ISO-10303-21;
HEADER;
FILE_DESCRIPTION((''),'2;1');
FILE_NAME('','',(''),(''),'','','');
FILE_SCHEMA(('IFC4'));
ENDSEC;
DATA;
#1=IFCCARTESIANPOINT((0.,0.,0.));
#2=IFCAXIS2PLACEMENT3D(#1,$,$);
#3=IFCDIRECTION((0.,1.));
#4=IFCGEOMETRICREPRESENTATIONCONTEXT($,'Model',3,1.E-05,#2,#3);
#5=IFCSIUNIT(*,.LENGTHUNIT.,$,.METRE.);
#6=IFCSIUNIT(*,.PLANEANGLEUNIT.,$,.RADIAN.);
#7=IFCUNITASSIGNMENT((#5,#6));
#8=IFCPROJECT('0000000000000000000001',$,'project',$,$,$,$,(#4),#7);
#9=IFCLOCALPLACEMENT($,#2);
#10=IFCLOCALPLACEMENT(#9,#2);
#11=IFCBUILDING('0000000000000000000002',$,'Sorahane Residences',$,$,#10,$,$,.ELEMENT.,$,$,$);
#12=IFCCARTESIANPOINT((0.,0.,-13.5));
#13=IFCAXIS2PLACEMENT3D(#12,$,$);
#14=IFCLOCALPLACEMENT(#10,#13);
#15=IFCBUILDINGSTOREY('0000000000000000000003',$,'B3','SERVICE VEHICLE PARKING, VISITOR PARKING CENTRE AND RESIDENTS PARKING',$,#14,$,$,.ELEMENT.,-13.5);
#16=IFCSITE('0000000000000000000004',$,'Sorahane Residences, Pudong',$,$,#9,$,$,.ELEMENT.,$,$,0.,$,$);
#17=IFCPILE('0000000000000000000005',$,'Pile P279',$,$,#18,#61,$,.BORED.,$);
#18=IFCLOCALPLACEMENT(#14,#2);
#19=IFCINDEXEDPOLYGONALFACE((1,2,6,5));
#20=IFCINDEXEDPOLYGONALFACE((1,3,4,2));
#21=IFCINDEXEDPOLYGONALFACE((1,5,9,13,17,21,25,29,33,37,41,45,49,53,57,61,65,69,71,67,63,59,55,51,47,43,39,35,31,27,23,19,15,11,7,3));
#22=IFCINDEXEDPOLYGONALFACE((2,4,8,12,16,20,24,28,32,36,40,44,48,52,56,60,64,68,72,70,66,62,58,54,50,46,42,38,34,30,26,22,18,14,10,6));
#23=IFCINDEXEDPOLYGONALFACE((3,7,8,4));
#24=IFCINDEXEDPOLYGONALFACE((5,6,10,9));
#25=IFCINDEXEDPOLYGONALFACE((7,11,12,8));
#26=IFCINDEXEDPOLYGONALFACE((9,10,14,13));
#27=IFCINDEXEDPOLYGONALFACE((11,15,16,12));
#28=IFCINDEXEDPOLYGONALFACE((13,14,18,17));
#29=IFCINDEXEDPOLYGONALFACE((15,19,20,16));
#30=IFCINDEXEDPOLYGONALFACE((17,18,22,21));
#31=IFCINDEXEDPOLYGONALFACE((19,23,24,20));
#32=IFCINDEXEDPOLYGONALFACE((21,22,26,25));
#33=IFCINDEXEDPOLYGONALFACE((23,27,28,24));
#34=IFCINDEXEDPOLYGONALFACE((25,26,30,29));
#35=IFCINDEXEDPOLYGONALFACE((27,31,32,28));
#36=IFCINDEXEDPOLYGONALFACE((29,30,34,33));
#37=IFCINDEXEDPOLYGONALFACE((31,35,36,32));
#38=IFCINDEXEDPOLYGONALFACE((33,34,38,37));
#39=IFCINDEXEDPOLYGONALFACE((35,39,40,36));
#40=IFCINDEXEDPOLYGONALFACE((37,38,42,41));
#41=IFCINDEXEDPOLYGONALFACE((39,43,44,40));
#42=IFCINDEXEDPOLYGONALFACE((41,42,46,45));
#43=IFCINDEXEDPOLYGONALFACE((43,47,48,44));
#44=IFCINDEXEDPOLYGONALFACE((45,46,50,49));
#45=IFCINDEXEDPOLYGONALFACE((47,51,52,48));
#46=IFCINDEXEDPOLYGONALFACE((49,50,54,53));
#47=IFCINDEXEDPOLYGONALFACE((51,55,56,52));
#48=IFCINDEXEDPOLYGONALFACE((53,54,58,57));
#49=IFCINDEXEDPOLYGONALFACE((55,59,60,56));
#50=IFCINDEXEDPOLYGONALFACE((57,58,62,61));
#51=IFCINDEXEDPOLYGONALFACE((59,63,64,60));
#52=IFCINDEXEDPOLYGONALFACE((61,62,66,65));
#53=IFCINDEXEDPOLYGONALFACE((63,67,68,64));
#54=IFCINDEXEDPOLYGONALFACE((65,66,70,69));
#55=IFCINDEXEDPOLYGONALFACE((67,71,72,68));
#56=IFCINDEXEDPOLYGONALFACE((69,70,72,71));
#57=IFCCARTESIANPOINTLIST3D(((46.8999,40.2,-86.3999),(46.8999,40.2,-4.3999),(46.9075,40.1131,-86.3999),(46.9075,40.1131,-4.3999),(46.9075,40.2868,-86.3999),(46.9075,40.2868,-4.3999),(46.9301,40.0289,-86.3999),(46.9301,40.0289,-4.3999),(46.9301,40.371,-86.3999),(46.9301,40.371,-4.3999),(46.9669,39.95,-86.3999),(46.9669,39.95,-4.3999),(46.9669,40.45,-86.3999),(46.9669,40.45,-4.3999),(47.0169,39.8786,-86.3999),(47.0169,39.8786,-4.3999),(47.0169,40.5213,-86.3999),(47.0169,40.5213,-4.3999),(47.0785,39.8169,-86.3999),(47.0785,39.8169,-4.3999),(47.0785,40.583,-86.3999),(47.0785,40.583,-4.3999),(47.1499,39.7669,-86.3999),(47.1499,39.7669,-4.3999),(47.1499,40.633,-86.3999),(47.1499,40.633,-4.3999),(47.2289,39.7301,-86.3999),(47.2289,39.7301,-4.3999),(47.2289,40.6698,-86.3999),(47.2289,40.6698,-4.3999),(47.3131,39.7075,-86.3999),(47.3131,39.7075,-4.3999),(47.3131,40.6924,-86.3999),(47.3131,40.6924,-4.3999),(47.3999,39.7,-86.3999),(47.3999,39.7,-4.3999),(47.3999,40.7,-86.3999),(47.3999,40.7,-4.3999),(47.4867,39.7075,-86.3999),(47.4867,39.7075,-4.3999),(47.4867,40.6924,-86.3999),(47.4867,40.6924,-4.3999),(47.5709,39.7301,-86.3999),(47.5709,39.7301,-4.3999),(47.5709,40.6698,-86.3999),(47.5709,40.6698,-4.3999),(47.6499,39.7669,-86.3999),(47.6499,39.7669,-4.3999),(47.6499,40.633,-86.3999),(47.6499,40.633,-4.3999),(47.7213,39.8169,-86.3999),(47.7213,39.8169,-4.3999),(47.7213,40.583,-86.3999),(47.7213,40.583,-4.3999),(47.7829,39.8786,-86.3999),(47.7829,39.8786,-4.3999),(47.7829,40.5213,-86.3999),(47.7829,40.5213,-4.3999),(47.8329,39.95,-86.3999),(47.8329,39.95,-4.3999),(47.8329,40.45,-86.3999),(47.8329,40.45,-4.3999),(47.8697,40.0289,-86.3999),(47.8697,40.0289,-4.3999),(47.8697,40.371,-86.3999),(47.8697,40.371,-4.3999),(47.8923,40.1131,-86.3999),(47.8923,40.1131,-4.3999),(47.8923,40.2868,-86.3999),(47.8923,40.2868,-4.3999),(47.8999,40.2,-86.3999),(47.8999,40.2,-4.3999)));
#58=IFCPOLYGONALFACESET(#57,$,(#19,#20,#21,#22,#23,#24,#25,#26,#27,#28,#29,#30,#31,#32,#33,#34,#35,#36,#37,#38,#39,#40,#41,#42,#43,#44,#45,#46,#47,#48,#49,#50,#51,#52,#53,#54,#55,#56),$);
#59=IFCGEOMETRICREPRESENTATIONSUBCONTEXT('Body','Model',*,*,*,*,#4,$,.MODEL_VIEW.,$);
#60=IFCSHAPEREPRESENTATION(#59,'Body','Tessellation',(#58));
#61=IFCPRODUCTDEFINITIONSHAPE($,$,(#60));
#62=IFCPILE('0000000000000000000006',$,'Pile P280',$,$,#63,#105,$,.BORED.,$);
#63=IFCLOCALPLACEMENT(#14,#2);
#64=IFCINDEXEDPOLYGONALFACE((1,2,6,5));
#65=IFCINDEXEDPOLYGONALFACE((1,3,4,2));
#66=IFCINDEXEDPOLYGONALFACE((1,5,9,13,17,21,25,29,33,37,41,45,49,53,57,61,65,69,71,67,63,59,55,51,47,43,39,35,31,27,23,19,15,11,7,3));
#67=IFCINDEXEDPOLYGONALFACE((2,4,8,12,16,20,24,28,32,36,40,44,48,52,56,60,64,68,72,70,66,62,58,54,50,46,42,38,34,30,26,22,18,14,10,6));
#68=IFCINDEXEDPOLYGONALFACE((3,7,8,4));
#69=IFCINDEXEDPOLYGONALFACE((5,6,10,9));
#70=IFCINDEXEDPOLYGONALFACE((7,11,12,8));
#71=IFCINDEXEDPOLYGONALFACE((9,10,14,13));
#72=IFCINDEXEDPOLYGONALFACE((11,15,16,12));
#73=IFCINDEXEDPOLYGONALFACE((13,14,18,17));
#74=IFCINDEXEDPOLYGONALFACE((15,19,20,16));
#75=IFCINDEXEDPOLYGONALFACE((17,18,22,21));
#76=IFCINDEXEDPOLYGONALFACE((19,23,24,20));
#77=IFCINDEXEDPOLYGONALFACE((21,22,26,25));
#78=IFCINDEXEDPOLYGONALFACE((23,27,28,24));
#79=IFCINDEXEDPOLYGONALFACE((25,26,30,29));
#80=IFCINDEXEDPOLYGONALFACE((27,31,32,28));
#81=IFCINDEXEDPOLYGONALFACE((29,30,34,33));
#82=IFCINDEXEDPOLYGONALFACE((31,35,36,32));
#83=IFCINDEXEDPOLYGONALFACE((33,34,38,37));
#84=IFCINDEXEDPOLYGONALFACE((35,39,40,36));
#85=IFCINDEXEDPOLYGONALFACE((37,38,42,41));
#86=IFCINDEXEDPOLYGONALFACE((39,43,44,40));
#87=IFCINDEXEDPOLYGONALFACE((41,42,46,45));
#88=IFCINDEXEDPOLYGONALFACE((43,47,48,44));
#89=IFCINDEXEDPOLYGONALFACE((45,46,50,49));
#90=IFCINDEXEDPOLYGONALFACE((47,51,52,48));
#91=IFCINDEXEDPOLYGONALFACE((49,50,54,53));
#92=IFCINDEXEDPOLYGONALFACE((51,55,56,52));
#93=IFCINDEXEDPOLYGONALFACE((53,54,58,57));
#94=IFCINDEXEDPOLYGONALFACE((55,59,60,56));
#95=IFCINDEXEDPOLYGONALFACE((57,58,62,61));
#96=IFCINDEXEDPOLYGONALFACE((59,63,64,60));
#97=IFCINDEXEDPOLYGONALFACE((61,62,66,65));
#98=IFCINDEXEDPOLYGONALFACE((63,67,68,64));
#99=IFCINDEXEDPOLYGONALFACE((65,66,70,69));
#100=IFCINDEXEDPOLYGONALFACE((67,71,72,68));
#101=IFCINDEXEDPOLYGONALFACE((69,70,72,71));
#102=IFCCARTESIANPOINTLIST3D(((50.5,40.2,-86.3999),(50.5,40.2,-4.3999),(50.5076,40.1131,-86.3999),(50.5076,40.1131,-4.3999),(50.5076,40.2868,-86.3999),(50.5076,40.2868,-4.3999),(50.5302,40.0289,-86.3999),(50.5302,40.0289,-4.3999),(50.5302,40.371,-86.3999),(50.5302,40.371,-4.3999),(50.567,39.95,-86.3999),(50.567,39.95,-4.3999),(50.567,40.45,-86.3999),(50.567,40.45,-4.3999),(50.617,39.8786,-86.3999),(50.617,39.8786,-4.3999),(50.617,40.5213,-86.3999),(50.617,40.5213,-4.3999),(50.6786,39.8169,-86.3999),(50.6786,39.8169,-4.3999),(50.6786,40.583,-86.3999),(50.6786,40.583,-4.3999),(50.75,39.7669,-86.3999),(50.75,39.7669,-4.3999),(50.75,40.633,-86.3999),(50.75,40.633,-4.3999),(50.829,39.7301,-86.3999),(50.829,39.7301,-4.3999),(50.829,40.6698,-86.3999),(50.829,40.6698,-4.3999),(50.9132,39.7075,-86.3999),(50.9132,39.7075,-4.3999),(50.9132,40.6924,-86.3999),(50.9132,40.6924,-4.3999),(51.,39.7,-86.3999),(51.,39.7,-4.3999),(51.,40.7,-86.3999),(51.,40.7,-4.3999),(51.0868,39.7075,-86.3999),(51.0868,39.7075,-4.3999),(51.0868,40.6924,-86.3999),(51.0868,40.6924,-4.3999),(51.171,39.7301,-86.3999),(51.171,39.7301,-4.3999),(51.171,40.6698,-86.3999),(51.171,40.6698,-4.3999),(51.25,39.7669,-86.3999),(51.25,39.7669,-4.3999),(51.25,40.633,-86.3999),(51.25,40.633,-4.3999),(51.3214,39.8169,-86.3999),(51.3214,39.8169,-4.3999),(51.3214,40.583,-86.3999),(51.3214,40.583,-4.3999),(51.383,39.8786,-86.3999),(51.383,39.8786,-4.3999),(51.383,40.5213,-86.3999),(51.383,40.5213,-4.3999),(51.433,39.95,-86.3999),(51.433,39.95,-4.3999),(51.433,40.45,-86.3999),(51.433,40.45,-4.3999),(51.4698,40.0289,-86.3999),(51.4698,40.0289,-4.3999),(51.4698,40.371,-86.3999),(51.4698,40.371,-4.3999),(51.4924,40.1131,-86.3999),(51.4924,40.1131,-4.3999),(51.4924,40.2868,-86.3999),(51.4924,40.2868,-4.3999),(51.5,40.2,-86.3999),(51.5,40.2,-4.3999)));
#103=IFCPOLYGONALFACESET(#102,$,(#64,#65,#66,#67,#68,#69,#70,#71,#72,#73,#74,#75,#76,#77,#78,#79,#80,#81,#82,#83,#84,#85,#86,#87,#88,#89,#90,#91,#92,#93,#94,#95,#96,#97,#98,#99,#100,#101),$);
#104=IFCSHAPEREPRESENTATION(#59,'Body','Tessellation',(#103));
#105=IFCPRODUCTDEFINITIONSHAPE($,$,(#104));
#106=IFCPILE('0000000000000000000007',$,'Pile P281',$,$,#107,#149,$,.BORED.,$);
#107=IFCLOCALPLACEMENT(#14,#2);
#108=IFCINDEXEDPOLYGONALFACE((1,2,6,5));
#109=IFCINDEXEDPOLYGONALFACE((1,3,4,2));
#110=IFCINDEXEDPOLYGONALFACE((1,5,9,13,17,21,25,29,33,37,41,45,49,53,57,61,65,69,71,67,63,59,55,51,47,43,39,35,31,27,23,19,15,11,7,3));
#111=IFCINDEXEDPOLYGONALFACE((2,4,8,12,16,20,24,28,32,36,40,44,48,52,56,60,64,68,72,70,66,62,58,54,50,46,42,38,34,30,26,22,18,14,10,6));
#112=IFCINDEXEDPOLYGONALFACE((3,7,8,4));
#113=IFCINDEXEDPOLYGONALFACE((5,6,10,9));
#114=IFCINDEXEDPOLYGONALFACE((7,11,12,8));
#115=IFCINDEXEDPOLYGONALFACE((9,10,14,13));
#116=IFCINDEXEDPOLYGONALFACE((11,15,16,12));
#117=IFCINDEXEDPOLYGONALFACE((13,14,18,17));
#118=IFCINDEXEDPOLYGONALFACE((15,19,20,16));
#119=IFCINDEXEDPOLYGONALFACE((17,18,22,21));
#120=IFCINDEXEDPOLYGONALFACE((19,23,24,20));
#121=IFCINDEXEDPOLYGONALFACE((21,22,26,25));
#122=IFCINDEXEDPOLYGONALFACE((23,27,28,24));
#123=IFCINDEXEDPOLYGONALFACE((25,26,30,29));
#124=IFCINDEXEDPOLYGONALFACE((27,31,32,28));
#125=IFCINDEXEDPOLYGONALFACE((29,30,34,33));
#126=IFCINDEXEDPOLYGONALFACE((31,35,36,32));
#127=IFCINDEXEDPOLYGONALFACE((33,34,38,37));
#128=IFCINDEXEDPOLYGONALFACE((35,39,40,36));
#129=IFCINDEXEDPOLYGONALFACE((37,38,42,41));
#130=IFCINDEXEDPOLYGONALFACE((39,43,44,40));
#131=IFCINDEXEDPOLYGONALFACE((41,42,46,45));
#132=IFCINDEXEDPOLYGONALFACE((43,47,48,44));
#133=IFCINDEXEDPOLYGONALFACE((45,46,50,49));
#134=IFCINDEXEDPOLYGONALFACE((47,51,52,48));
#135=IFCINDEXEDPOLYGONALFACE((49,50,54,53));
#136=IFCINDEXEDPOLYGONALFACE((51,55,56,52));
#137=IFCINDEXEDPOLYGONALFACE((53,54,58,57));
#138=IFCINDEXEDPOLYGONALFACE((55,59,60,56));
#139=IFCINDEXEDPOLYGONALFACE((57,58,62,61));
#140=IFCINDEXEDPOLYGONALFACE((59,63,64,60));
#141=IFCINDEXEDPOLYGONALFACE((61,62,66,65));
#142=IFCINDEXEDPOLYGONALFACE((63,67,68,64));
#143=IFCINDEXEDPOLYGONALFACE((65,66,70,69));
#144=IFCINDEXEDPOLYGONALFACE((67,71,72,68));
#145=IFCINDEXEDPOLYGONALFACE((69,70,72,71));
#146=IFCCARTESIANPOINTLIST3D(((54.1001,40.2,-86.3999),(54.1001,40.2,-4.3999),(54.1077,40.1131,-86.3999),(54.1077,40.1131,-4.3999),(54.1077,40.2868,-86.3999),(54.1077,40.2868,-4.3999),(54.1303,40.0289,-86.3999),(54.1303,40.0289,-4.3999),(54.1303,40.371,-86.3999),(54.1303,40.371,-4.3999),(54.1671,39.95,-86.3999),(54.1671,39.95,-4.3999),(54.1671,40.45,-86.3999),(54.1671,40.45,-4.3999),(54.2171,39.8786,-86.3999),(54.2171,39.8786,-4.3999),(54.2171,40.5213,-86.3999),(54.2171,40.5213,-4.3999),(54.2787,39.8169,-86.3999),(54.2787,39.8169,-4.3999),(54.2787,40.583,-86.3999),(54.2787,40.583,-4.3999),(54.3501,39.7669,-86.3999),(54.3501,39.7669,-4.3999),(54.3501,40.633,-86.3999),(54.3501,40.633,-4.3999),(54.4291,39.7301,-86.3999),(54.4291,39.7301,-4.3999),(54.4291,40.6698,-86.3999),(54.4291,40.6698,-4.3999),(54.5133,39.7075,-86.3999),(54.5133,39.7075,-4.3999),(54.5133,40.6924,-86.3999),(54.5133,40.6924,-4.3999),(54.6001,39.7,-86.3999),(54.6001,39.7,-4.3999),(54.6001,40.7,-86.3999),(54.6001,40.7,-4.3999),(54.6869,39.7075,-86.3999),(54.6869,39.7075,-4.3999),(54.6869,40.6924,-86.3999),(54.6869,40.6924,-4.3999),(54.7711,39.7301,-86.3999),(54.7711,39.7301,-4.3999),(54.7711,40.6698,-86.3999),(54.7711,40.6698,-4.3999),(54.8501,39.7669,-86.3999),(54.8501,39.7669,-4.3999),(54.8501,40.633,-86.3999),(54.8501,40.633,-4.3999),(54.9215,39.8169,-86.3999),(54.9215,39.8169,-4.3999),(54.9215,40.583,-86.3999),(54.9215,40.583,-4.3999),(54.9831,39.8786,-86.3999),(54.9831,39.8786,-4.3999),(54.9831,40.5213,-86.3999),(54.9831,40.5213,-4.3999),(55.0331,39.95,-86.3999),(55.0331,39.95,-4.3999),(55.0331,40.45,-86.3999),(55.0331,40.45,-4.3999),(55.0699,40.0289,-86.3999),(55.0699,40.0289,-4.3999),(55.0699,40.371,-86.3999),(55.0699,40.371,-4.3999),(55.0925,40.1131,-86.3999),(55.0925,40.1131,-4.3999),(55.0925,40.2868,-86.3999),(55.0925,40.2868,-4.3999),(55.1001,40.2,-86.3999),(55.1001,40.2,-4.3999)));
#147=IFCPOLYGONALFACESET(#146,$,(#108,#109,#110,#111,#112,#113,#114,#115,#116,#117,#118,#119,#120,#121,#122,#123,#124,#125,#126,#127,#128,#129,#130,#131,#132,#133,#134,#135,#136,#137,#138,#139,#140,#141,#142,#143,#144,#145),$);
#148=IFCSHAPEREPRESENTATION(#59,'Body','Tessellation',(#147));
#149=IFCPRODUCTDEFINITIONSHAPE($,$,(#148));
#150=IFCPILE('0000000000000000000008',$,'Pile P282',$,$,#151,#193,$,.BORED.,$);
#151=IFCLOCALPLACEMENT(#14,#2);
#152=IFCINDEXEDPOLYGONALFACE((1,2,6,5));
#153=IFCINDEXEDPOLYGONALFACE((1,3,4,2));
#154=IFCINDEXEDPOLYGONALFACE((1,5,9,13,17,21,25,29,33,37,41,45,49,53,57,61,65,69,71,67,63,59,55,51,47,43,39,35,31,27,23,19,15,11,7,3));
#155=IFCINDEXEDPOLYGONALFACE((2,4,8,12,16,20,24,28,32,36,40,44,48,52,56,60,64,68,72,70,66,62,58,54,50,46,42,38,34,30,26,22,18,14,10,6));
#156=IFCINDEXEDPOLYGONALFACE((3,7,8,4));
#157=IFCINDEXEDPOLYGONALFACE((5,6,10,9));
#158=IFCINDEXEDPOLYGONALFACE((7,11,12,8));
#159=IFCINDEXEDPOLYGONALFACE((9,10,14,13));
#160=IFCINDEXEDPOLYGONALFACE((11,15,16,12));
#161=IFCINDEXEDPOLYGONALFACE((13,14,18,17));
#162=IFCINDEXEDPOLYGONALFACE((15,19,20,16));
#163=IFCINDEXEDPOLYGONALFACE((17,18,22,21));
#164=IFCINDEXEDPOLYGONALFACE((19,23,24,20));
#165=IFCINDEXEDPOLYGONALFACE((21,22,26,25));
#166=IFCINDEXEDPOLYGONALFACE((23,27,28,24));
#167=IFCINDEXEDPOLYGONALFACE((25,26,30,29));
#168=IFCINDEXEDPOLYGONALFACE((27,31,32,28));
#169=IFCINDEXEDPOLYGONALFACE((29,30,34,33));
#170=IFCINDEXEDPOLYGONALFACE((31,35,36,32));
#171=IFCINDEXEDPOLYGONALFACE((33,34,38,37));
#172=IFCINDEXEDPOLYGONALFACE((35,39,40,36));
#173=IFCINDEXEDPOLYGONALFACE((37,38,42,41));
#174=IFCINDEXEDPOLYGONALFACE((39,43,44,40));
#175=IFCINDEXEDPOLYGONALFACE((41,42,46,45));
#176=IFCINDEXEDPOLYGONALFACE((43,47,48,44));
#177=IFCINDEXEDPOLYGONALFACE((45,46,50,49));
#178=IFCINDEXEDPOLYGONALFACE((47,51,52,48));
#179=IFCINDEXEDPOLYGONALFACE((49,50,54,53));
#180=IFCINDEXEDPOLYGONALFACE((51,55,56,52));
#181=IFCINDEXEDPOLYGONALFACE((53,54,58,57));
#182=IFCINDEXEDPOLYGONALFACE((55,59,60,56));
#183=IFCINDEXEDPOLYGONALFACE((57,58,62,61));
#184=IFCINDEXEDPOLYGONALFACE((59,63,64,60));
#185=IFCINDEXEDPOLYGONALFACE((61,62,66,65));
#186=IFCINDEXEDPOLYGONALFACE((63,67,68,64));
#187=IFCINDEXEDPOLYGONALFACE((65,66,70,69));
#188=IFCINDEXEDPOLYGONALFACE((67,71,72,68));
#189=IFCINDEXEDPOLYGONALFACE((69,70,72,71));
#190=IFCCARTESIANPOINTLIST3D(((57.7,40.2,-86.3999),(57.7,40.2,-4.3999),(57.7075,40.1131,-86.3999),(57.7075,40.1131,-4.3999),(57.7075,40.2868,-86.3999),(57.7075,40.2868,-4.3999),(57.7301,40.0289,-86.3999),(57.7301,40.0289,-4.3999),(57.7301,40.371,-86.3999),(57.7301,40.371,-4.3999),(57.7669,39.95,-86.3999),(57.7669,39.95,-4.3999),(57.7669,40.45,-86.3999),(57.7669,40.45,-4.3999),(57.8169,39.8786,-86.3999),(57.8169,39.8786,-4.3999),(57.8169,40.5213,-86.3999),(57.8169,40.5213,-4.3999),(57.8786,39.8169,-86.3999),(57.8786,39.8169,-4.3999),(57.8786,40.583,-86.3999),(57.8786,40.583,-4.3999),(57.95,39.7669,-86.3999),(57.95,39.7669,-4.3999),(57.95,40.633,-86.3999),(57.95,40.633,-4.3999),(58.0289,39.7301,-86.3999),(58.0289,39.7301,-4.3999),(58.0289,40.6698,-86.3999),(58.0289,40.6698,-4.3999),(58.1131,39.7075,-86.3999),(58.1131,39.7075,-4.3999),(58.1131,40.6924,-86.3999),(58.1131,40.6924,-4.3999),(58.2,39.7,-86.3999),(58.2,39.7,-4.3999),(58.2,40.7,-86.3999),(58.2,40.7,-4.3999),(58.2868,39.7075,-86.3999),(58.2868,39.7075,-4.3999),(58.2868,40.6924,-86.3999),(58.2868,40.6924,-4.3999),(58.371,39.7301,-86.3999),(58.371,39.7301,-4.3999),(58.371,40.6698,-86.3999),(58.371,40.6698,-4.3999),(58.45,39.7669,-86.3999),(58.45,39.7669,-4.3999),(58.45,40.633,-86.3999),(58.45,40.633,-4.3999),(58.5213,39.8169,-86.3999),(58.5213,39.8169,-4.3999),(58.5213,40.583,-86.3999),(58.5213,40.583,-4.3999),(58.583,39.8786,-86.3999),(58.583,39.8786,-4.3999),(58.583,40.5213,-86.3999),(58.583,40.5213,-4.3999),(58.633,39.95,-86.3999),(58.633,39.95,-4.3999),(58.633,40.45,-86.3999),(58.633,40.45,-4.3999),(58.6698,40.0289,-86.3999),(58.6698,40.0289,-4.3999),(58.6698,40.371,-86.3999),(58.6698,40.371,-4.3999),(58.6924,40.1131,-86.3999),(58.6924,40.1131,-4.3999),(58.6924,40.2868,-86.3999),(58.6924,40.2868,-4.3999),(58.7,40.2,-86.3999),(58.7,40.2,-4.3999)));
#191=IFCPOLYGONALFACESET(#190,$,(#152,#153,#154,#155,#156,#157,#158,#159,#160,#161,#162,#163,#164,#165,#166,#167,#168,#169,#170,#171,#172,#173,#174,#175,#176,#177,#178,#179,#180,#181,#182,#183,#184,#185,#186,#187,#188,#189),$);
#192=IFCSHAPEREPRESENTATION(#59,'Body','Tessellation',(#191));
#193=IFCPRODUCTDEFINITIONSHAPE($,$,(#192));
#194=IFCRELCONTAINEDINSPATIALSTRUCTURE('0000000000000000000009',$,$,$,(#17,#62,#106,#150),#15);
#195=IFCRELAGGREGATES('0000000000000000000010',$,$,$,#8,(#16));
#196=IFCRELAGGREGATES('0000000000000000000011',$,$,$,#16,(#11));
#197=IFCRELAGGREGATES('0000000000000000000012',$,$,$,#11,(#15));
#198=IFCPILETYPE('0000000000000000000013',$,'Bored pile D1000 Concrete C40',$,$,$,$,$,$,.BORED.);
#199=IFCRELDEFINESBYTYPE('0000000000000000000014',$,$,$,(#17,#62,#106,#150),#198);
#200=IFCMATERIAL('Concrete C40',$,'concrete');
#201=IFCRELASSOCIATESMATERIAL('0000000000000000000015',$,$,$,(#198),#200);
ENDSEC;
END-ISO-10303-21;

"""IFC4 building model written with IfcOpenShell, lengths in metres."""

from ifc_helpers import new_model, si_unit, direction, frame, origin, origin_2d, place, context, subcontext, project, spatial, circle, extrude, material, material_profile, profile_set, type_object, element, save


model = new_model("IFC4")

# Units and contexts
model_context = context("Model", 3, precision=1e-05, world=origin(), true_north=direction((0.0, 1.0)))
body_context = subcontext(model_context, "Body", "Model", "MODEL_VIEW")
ifc_project = project(units=[si_unit("LENGTHUNIT", "METRE"), si_unit("PLANEANGLEUNIT", "RADIAN")], contexts=[model_context])

# Site, building, storey
site_placement = place(None, origin())
site = spatial("IfcSite", under=ifc_project, at=site_placement, Name="Sorahane Residences, Pudong", CompositionType="ELEMENT", RefElevation=0.0)
building_placement = place(site_placement, origin())
building = spatial("IfcBuilding", under=site, at=building_placement, Name="Sorahane Residences", CompositionType="ELEMENT")
storey_placement = place(building_placement, frame((0.0, 0.0, -13.5)))
storey = spatial("IfcBuildingStorey", under=building, at=storey_placement, Name="B3", Description="SERVICE VEHICLE PARKING, VISITOR PARKING CENTRE AND RESIDENTS PARKING", CompositionType="ELEMENT", Elevation=-13.5)

# Piles
ifc_material_1 = material(Name="Concrete C40", Category="concrete")
ifc_material_profile_1 = material_profile(ifc_material_1, circle(Radius=0.5, at=origin_2d()), Name="D1000")
ifc_profile_set_1 = profile_set([ifc_material_profile_1], Name="Concrete C40")
pile_type = type_object("IfcPileType", Name="Bored pile D1000 Concrete C40", PredefinedType="BORED", material=ifc_profile_set_1)
for number, where, z_axis, x_axis, name in (
    (1, (47.3999, 40.2, -4.3999), (0.0, 0.0, -1.0), (1.0, 0.0, 0.0), "Pile P279"),
    (2, (51.0, 40.2, -4.3999), (0.0, 0.0, -1.0), (1.0, 0.0, 0.0), "Pile P280"),
    (3, (54.6001, 40.2, -4.3999), (0.0, 0.0, -1.0), (1.0, 0.0, 0.0), "Pile P281"),
    (4, (58.2, 40.2, -4.3999), (0.0, 0.0, -1.0), (1.0, 0.0, 0.0), "Pile P282"),
):
    element("IfcPile", number, at=place(storey_placement, frame(where, z_axis=z_axis, x_axis=x_axis)), inside=storey, type_object=pile_type, Name=name, PredefinedType="BORED", context=body_context, shape_type="SweptSolid", body=[
        extrude(circle(Radius=0.5, at=origin_2d()), origin(), (0.0, 0.0, 1.0), 82.0),
    ])

save(model, "model.ifc")
